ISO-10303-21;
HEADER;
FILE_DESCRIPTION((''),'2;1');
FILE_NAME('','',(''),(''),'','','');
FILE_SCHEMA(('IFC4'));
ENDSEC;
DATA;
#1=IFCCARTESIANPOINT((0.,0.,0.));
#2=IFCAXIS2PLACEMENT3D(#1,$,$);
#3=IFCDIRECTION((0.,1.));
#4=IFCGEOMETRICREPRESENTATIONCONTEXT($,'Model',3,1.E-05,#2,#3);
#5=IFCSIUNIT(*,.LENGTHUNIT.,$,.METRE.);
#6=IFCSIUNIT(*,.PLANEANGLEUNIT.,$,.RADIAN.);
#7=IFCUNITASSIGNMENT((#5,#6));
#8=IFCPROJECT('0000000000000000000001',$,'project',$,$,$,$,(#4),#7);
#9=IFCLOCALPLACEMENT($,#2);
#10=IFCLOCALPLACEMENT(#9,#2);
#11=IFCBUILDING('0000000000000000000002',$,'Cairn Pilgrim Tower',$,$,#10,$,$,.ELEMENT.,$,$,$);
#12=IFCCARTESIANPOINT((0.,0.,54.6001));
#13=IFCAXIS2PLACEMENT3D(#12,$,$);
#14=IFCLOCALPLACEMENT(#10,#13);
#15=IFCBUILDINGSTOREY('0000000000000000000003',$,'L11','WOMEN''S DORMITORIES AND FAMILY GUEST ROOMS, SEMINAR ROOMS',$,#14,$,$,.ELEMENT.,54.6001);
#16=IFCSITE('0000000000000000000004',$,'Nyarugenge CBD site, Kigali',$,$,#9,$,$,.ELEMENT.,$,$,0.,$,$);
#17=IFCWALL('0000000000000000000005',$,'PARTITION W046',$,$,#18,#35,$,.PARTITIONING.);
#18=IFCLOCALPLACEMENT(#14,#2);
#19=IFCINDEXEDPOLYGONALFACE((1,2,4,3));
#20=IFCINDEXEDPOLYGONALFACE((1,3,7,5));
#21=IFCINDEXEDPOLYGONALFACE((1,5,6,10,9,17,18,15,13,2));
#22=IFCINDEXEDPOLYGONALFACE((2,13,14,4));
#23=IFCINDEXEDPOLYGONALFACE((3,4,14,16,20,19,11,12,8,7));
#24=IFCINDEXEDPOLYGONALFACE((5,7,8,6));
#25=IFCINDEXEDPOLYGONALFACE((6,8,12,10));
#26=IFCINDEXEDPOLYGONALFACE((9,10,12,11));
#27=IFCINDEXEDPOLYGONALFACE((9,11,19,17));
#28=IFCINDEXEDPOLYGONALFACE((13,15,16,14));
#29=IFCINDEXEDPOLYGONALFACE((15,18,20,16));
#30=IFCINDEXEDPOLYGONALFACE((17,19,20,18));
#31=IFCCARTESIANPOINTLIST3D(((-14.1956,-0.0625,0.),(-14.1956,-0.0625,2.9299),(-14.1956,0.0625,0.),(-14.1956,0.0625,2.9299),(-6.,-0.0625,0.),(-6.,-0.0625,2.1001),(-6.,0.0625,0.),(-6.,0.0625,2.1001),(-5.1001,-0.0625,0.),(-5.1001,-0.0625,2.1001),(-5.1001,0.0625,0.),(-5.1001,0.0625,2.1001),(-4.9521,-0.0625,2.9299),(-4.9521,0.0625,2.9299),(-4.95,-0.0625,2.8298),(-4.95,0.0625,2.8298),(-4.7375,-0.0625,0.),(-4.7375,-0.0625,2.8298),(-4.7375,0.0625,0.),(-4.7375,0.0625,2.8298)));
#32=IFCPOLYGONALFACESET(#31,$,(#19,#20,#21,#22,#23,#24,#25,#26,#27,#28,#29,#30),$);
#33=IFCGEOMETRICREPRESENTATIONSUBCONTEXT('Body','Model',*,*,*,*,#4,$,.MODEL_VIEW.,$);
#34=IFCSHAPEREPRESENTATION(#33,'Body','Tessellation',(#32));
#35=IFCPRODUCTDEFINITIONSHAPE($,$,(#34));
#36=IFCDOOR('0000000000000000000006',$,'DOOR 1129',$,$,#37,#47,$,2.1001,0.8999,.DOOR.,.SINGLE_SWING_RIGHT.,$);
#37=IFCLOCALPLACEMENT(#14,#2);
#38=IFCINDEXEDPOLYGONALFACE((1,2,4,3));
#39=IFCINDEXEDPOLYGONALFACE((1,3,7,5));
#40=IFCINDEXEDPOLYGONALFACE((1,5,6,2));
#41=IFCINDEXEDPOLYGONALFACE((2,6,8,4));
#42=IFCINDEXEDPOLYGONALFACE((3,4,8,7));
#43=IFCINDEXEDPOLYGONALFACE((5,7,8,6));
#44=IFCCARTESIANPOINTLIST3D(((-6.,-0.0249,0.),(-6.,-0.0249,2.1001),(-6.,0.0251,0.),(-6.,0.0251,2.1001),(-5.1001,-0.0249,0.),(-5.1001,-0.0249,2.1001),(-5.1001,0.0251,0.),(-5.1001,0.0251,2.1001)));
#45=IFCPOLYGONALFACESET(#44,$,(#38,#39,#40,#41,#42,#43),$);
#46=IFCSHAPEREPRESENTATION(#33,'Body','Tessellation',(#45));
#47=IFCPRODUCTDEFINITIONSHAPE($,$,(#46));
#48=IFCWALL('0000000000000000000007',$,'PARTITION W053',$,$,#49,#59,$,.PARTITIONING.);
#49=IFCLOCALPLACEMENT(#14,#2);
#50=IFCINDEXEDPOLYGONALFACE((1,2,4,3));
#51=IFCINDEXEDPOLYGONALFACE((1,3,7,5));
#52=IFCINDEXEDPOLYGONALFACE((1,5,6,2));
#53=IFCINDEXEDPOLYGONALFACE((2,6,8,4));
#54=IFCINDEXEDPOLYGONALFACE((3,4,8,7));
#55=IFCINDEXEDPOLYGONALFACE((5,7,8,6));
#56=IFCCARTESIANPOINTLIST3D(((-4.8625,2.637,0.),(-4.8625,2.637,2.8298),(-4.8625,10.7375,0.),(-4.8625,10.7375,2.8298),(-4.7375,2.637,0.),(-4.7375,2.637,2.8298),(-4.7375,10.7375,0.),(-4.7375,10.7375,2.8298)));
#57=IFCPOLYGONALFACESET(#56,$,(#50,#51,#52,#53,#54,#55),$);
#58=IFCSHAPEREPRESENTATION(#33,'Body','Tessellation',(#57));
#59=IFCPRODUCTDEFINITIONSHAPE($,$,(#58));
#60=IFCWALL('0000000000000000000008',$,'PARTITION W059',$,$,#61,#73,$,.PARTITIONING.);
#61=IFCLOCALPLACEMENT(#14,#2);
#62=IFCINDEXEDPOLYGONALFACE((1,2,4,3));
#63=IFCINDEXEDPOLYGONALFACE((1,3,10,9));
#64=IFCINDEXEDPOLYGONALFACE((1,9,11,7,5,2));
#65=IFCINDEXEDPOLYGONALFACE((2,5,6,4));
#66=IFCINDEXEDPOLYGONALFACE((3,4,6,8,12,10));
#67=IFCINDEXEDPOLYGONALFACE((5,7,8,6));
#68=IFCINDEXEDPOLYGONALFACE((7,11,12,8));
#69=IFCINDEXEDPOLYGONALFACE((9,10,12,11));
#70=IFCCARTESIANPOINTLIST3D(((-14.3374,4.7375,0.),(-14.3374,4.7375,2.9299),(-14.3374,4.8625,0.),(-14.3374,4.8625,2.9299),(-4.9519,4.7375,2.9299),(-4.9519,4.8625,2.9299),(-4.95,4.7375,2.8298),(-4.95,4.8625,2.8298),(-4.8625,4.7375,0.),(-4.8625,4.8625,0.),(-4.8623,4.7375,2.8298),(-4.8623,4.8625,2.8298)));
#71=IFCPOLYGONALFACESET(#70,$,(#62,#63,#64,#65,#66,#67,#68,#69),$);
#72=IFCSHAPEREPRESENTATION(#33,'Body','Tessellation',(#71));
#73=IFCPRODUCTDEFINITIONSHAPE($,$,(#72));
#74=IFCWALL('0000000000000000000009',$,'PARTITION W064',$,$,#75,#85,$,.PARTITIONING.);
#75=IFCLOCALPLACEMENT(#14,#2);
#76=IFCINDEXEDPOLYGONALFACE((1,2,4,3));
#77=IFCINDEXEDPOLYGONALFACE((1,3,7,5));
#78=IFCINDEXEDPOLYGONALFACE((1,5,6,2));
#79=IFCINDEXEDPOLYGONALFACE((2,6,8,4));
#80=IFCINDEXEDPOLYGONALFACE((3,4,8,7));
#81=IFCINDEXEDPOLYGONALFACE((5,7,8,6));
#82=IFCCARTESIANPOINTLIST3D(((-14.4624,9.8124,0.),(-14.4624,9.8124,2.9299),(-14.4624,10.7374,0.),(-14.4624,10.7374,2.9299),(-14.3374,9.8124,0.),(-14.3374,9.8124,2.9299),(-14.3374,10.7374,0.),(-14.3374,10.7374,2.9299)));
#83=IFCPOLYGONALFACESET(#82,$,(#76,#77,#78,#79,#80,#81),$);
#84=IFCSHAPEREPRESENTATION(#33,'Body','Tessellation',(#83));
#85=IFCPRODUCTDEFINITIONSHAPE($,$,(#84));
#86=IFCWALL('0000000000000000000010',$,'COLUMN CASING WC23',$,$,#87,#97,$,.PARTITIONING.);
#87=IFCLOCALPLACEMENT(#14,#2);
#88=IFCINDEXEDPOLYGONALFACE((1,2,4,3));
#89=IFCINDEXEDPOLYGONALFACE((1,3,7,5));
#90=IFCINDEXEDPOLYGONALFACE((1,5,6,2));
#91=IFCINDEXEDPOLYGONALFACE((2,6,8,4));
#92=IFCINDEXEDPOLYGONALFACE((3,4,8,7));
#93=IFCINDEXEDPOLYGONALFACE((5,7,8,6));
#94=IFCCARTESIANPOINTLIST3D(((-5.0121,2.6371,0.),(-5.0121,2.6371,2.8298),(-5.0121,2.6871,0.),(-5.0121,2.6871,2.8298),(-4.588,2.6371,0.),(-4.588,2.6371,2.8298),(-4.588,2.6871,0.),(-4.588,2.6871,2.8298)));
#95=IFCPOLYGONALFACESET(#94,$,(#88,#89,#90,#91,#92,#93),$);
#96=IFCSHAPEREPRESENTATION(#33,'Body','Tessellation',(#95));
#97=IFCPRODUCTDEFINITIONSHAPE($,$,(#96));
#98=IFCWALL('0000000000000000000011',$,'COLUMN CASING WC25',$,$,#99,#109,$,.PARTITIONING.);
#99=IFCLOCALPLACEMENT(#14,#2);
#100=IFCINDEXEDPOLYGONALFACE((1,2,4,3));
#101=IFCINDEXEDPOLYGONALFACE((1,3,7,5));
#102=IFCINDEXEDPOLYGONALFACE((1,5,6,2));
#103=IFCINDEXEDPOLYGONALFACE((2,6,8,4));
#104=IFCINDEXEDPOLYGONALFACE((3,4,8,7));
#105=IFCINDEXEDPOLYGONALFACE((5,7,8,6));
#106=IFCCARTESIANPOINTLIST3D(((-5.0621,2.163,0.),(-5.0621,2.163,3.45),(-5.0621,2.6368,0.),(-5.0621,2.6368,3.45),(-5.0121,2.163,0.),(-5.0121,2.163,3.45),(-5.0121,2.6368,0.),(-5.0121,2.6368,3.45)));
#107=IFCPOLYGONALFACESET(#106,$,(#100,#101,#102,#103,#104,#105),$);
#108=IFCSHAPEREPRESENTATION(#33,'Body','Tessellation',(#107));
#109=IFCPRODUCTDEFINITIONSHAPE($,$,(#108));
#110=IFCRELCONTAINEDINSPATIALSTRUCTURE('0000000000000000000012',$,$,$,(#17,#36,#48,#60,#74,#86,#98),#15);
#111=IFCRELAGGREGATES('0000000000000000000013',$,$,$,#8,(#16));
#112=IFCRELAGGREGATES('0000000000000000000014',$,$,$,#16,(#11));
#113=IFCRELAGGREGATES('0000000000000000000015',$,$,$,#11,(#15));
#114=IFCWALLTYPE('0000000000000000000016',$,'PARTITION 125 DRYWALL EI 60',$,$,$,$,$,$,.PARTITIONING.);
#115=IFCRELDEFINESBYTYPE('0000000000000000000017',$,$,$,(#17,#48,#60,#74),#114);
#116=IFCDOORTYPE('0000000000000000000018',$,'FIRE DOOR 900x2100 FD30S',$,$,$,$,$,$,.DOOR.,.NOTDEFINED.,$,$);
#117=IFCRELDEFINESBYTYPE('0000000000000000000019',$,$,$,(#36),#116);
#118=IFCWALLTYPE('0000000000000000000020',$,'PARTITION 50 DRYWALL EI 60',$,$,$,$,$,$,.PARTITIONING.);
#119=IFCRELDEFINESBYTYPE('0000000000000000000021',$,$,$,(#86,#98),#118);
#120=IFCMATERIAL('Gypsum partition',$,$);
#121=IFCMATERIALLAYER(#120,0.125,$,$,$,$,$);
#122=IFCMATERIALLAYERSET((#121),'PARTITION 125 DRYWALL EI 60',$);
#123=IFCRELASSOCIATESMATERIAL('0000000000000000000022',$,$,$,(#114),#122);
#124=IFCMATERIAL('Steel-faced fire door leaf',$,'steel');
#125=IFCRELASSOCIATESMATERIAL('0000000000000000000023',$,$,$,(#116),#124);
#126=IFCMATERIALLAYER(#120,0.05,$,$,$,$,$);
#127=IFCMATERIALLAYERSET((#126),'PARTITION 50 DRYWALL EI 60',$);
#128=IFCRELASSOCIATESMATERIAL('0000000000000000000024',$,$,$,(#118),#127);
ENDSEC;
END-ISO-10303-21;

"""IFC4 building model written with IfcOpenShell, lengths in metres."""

from ifc_helpers import new_model, si_unit, direction, frame, frame_2d, origin, place, context, subcontext, project, spatial, polyline, rectangle, outline, extrude, material, layer, layer_set, type_object, element, fill, save


model = new_model("IFC4")

# Units and contexts
model_context = context("Model", 3, precision=1e-05, world=origin(), true_north=direction((0.0, 1.0)))
body_context = subcontext(model_context, "Body", "Model", "MODEL_VIEW")
ifc_project = project(units=[si_unit("LENGTHUNIT", "METRE"), si_unit("PLANEANGLEUNIT", "RADIAN")], contexts=[model_context])

# Site, building, storey
site_placement = place(None, origin())
site = spatial("IfcSite", under=ifc_project, at=site_placement, Name="Nyarugenge CBD site, Kigali", CompositionType="ELEMENT", RefElevation=0.0)
building_placement = place(site_placement, origin())
building = spatial("IfcBuilding", under=site, at=building_placement, Name="Cairn Pilgrim Tower", CompositionType="ELEMENT")
storey_placement = place(building_placement, frame((0.0, 0.0, 54.6001)))
storey = spatial("IfcBuildingStorey", under=building, at=storey_placement, Name="L11", Description="WOMEN'S DORMITORIES AND FAMILY GUEST ROOMS, SEMINAR ROOMS", CompositionType="ELEMENT", Elevation=54.6001)

# Wall, opening, door
ifc_material_1 = material(Name="Gypsum partition")
ifc_layer_1 = layer(ifc_material_1, 0.125)
ifc_layer_set_1 = layer_set([ifc_layer_1], Name="PARTITION 125 DRYWALL EI 60")
wall_type_1 = type_object("IfcWallType", Name="PARTITION 125 DRYWALL EI 60", PredefinedType="PARTITIONING", material=ifc_layer_set_1)
wall_1_placement = place(storey_placement, frame((-14.1956, 0.0, 0.0), z_axis=(0.0, 0.0, 1.0), x_axis=(1.0, 0.0, 0.0)))
wall_1 = element("IfcWall", 1, at=wall_1_placement, inside=storey, type_object=wall_type_1, Name="PARTITION W046", PredefinedType="PARTITIONING", context=body_context, shape_type="SweptSolid", body=[
    extrude(outline(polyline([(0.0, 0.0), (9.458, 0.0), (9.458, 2.8298), (9.2456, 2.8298), (9.2434, 2.9299), (0.0, 2.9299), (0.0, 0.0)])), frame((0.0, 0.0625, 0.0), z_axis=(0.0, -1.0, 0.0), x_axis=(1.0, 0.0, 0.0)), (0.0, 0.0, 1.0), 0.125),
])
opening_1_placement = place(wall_1_placement, frame((8.1956, 0.0, 0.0)))
opening_1 = element("IfcOpeningElement", 2, at=opening_1_placement, cuts=wall_1, PredefinedType="OPENING", context=body_context, shape_type="SweptSolid", body=[
    extrude(rectangle(XDim=0.8999, YDim=2.1001, at=frame_2d((0.45, 1.05))), frame((0.0, 0.0725, 0.0), z_axis=(0.0, -1.0, 0.0), x_axis=(1.0, 0.0, 0.0)), (0.0, 0.0, 1.0), 0.145),
])
ifc_material_2 = material(Name="Steel-faced fire door leaf", Category="steel")
door_type_1 = type_object("IfcDoorType", Name="FIRE DOOR 900x2100 FD30S", OperationType="NOTDEFINED", PredefinedType="DOOR", material=ifc_material_2)
door_1_placement = place(opening_1_placement, frame((0.8999, 0.0, 0.0), z_axis=(0.0, 0.0, 1.0), x_axis=(-1.0, 0.0, 0.0)))
door_1 = element("IfcDoor", 3, at=door_1_placement, inside=storey, type_object=door_type_1, Name="DOOR 1129", OperationType="SINGLE_SWING_RIGHT", OverallHeight=2.1001, OverallWidth=0.8999, PredefinedType="DOOR", context=body_context, shape_type="SweptSolid", body=[
    extrude(rectangle(XDim=0.8999, YDim=2.1001, at=frame_2d((0.45, 1.05))), frame((0.0, 0.0249, 0.0), z_axis=(0.0, -1.0, 0.0), x_axis=(1.0, 0.0, 0.0)), (0.0, 0.0, 1.0), 0.05),
])
fill(opening_1, door_1)

# Walls
wall_2_placement = place(storey_placement, frame((-4.8, 2.637, 0.0), z_axis=(0.0, 0.0, 1.0), x_axis=(0.0, 1.0, 0.0)))
element("IfcWall", 4, at=wall_2_placement, inside=storey, type_object=wall_type_1, Name="PARTITION W053", PredefinedType="PARTITIONING", context=body_context, shape_type="SweptSolid", body=[
    extrude(rectangle(XDim=8.1006, YDim=0.125, at=frame_2d((4.0503, 0.0))), origin(), (0.0, 0.0, 1.0), 2.8298),
])
wall_3_placement = place(storey_placement, frame((-14.3374, 4.8, 0.0), z_axis=(0.0, 0.0, 1.0), x_axis=(1.0, 0.0, 0.0)))
element("IfcWall", 5, at=wall_3_placement, inside=storey, type_object=wall_type_1, Name="PARTITION W059", PredefinedType="PARTITIONING", context=body_context, shape_type="SweptSolid", body=[
    extrude(outline(polyline([(0.0, 0.0), (9.4749, 0.0), (9.4751, 2.8298), (9.3875, 2.8298), (9.3855, 2.9299), (0.0, 2.9299), (0.0, 0.0)])), frame((0.0, 0.0625, 0.0), z_axis=(0.0, -1.0, 0.0), x_axis=(1.0, 0.0, 0.0)), (0.0, 0.0, 1.0), 0.125),
])
wall_4_placement = place(storey_placement, frame((-14.3999, 9.8125, 0.0), z_axis=(0.0, 0.0, 1.0), x_axis=(0.0, 1.0, 0.0)))
element("IfcWall", 6, at=wall_4_placement, inside=storey, type_object=wall_type_1, Name="PARTITION W064", PredefinedType="PARTITIONING", context=body_context, shape_type="SweptSolid", body=[
    extrude(rectangle(XDim=0.925, YDim=0.125, at=frame_2d((0.4624, 0.0))), origin(), (0.0, 0.0, 1.0), 2.9299),
])
ifc_layer_2 = layer(ifc_material_1, 0.05)
ifc_layer_set_2 = layer_set([ifc_layer_2], Name="PARTITION 50 DRYWALL EI 60")
wall_type_2 = type_object("IfcWallType", Name="PARTITION 50 DRYWALL EI 60", PredefinedType="PARTITIONING", material=ifc_layer_set_2)
wall_5_placement = place(storey_placement, frame((-5.012, 2.6621, 0.0), z_axis=(0.0, 0.0, 1.0), x_axis=(1.0, 0.0, 0.0)))
element("IfcWall", 7, at=wall_5_placement, inside=storey, type_object=wall_type_2, Name="COLUMN CASING WC23", PredefinedType="PARTITIONING", context=body_context, shape_type="SweptSolid", body=[
    extrude(rectangle(XDim=0.4241, YDim=0.05, at=frame_2d((0.2119, 0.0))), origin(), (0.0, 0.0, 1.0), 2.8298),
])
wall_6_placement = place(storey_placement, frame((-5.0371, 2.1631, 0.0), z_axis=(0.0, 0.0, 1.0), x_axis=(0.0, 1.0, 0.0)))
element("IfcWall", 8, at=wall_6_placement, inside=storey, type_object=wall_type_2, Name="COLUMN CASING WC25", PredefinedType="PARTITIONING", context=body_context, shape_type="SweptSolid", body=[
    extrude(rectangle(XDim=0.4739, YDim=0.05, at=frame_2d((0.2368, 0.0))), origin(), (0.0, 0.0, 1.0), 3.45),
])

save(model, "model.ifc")
